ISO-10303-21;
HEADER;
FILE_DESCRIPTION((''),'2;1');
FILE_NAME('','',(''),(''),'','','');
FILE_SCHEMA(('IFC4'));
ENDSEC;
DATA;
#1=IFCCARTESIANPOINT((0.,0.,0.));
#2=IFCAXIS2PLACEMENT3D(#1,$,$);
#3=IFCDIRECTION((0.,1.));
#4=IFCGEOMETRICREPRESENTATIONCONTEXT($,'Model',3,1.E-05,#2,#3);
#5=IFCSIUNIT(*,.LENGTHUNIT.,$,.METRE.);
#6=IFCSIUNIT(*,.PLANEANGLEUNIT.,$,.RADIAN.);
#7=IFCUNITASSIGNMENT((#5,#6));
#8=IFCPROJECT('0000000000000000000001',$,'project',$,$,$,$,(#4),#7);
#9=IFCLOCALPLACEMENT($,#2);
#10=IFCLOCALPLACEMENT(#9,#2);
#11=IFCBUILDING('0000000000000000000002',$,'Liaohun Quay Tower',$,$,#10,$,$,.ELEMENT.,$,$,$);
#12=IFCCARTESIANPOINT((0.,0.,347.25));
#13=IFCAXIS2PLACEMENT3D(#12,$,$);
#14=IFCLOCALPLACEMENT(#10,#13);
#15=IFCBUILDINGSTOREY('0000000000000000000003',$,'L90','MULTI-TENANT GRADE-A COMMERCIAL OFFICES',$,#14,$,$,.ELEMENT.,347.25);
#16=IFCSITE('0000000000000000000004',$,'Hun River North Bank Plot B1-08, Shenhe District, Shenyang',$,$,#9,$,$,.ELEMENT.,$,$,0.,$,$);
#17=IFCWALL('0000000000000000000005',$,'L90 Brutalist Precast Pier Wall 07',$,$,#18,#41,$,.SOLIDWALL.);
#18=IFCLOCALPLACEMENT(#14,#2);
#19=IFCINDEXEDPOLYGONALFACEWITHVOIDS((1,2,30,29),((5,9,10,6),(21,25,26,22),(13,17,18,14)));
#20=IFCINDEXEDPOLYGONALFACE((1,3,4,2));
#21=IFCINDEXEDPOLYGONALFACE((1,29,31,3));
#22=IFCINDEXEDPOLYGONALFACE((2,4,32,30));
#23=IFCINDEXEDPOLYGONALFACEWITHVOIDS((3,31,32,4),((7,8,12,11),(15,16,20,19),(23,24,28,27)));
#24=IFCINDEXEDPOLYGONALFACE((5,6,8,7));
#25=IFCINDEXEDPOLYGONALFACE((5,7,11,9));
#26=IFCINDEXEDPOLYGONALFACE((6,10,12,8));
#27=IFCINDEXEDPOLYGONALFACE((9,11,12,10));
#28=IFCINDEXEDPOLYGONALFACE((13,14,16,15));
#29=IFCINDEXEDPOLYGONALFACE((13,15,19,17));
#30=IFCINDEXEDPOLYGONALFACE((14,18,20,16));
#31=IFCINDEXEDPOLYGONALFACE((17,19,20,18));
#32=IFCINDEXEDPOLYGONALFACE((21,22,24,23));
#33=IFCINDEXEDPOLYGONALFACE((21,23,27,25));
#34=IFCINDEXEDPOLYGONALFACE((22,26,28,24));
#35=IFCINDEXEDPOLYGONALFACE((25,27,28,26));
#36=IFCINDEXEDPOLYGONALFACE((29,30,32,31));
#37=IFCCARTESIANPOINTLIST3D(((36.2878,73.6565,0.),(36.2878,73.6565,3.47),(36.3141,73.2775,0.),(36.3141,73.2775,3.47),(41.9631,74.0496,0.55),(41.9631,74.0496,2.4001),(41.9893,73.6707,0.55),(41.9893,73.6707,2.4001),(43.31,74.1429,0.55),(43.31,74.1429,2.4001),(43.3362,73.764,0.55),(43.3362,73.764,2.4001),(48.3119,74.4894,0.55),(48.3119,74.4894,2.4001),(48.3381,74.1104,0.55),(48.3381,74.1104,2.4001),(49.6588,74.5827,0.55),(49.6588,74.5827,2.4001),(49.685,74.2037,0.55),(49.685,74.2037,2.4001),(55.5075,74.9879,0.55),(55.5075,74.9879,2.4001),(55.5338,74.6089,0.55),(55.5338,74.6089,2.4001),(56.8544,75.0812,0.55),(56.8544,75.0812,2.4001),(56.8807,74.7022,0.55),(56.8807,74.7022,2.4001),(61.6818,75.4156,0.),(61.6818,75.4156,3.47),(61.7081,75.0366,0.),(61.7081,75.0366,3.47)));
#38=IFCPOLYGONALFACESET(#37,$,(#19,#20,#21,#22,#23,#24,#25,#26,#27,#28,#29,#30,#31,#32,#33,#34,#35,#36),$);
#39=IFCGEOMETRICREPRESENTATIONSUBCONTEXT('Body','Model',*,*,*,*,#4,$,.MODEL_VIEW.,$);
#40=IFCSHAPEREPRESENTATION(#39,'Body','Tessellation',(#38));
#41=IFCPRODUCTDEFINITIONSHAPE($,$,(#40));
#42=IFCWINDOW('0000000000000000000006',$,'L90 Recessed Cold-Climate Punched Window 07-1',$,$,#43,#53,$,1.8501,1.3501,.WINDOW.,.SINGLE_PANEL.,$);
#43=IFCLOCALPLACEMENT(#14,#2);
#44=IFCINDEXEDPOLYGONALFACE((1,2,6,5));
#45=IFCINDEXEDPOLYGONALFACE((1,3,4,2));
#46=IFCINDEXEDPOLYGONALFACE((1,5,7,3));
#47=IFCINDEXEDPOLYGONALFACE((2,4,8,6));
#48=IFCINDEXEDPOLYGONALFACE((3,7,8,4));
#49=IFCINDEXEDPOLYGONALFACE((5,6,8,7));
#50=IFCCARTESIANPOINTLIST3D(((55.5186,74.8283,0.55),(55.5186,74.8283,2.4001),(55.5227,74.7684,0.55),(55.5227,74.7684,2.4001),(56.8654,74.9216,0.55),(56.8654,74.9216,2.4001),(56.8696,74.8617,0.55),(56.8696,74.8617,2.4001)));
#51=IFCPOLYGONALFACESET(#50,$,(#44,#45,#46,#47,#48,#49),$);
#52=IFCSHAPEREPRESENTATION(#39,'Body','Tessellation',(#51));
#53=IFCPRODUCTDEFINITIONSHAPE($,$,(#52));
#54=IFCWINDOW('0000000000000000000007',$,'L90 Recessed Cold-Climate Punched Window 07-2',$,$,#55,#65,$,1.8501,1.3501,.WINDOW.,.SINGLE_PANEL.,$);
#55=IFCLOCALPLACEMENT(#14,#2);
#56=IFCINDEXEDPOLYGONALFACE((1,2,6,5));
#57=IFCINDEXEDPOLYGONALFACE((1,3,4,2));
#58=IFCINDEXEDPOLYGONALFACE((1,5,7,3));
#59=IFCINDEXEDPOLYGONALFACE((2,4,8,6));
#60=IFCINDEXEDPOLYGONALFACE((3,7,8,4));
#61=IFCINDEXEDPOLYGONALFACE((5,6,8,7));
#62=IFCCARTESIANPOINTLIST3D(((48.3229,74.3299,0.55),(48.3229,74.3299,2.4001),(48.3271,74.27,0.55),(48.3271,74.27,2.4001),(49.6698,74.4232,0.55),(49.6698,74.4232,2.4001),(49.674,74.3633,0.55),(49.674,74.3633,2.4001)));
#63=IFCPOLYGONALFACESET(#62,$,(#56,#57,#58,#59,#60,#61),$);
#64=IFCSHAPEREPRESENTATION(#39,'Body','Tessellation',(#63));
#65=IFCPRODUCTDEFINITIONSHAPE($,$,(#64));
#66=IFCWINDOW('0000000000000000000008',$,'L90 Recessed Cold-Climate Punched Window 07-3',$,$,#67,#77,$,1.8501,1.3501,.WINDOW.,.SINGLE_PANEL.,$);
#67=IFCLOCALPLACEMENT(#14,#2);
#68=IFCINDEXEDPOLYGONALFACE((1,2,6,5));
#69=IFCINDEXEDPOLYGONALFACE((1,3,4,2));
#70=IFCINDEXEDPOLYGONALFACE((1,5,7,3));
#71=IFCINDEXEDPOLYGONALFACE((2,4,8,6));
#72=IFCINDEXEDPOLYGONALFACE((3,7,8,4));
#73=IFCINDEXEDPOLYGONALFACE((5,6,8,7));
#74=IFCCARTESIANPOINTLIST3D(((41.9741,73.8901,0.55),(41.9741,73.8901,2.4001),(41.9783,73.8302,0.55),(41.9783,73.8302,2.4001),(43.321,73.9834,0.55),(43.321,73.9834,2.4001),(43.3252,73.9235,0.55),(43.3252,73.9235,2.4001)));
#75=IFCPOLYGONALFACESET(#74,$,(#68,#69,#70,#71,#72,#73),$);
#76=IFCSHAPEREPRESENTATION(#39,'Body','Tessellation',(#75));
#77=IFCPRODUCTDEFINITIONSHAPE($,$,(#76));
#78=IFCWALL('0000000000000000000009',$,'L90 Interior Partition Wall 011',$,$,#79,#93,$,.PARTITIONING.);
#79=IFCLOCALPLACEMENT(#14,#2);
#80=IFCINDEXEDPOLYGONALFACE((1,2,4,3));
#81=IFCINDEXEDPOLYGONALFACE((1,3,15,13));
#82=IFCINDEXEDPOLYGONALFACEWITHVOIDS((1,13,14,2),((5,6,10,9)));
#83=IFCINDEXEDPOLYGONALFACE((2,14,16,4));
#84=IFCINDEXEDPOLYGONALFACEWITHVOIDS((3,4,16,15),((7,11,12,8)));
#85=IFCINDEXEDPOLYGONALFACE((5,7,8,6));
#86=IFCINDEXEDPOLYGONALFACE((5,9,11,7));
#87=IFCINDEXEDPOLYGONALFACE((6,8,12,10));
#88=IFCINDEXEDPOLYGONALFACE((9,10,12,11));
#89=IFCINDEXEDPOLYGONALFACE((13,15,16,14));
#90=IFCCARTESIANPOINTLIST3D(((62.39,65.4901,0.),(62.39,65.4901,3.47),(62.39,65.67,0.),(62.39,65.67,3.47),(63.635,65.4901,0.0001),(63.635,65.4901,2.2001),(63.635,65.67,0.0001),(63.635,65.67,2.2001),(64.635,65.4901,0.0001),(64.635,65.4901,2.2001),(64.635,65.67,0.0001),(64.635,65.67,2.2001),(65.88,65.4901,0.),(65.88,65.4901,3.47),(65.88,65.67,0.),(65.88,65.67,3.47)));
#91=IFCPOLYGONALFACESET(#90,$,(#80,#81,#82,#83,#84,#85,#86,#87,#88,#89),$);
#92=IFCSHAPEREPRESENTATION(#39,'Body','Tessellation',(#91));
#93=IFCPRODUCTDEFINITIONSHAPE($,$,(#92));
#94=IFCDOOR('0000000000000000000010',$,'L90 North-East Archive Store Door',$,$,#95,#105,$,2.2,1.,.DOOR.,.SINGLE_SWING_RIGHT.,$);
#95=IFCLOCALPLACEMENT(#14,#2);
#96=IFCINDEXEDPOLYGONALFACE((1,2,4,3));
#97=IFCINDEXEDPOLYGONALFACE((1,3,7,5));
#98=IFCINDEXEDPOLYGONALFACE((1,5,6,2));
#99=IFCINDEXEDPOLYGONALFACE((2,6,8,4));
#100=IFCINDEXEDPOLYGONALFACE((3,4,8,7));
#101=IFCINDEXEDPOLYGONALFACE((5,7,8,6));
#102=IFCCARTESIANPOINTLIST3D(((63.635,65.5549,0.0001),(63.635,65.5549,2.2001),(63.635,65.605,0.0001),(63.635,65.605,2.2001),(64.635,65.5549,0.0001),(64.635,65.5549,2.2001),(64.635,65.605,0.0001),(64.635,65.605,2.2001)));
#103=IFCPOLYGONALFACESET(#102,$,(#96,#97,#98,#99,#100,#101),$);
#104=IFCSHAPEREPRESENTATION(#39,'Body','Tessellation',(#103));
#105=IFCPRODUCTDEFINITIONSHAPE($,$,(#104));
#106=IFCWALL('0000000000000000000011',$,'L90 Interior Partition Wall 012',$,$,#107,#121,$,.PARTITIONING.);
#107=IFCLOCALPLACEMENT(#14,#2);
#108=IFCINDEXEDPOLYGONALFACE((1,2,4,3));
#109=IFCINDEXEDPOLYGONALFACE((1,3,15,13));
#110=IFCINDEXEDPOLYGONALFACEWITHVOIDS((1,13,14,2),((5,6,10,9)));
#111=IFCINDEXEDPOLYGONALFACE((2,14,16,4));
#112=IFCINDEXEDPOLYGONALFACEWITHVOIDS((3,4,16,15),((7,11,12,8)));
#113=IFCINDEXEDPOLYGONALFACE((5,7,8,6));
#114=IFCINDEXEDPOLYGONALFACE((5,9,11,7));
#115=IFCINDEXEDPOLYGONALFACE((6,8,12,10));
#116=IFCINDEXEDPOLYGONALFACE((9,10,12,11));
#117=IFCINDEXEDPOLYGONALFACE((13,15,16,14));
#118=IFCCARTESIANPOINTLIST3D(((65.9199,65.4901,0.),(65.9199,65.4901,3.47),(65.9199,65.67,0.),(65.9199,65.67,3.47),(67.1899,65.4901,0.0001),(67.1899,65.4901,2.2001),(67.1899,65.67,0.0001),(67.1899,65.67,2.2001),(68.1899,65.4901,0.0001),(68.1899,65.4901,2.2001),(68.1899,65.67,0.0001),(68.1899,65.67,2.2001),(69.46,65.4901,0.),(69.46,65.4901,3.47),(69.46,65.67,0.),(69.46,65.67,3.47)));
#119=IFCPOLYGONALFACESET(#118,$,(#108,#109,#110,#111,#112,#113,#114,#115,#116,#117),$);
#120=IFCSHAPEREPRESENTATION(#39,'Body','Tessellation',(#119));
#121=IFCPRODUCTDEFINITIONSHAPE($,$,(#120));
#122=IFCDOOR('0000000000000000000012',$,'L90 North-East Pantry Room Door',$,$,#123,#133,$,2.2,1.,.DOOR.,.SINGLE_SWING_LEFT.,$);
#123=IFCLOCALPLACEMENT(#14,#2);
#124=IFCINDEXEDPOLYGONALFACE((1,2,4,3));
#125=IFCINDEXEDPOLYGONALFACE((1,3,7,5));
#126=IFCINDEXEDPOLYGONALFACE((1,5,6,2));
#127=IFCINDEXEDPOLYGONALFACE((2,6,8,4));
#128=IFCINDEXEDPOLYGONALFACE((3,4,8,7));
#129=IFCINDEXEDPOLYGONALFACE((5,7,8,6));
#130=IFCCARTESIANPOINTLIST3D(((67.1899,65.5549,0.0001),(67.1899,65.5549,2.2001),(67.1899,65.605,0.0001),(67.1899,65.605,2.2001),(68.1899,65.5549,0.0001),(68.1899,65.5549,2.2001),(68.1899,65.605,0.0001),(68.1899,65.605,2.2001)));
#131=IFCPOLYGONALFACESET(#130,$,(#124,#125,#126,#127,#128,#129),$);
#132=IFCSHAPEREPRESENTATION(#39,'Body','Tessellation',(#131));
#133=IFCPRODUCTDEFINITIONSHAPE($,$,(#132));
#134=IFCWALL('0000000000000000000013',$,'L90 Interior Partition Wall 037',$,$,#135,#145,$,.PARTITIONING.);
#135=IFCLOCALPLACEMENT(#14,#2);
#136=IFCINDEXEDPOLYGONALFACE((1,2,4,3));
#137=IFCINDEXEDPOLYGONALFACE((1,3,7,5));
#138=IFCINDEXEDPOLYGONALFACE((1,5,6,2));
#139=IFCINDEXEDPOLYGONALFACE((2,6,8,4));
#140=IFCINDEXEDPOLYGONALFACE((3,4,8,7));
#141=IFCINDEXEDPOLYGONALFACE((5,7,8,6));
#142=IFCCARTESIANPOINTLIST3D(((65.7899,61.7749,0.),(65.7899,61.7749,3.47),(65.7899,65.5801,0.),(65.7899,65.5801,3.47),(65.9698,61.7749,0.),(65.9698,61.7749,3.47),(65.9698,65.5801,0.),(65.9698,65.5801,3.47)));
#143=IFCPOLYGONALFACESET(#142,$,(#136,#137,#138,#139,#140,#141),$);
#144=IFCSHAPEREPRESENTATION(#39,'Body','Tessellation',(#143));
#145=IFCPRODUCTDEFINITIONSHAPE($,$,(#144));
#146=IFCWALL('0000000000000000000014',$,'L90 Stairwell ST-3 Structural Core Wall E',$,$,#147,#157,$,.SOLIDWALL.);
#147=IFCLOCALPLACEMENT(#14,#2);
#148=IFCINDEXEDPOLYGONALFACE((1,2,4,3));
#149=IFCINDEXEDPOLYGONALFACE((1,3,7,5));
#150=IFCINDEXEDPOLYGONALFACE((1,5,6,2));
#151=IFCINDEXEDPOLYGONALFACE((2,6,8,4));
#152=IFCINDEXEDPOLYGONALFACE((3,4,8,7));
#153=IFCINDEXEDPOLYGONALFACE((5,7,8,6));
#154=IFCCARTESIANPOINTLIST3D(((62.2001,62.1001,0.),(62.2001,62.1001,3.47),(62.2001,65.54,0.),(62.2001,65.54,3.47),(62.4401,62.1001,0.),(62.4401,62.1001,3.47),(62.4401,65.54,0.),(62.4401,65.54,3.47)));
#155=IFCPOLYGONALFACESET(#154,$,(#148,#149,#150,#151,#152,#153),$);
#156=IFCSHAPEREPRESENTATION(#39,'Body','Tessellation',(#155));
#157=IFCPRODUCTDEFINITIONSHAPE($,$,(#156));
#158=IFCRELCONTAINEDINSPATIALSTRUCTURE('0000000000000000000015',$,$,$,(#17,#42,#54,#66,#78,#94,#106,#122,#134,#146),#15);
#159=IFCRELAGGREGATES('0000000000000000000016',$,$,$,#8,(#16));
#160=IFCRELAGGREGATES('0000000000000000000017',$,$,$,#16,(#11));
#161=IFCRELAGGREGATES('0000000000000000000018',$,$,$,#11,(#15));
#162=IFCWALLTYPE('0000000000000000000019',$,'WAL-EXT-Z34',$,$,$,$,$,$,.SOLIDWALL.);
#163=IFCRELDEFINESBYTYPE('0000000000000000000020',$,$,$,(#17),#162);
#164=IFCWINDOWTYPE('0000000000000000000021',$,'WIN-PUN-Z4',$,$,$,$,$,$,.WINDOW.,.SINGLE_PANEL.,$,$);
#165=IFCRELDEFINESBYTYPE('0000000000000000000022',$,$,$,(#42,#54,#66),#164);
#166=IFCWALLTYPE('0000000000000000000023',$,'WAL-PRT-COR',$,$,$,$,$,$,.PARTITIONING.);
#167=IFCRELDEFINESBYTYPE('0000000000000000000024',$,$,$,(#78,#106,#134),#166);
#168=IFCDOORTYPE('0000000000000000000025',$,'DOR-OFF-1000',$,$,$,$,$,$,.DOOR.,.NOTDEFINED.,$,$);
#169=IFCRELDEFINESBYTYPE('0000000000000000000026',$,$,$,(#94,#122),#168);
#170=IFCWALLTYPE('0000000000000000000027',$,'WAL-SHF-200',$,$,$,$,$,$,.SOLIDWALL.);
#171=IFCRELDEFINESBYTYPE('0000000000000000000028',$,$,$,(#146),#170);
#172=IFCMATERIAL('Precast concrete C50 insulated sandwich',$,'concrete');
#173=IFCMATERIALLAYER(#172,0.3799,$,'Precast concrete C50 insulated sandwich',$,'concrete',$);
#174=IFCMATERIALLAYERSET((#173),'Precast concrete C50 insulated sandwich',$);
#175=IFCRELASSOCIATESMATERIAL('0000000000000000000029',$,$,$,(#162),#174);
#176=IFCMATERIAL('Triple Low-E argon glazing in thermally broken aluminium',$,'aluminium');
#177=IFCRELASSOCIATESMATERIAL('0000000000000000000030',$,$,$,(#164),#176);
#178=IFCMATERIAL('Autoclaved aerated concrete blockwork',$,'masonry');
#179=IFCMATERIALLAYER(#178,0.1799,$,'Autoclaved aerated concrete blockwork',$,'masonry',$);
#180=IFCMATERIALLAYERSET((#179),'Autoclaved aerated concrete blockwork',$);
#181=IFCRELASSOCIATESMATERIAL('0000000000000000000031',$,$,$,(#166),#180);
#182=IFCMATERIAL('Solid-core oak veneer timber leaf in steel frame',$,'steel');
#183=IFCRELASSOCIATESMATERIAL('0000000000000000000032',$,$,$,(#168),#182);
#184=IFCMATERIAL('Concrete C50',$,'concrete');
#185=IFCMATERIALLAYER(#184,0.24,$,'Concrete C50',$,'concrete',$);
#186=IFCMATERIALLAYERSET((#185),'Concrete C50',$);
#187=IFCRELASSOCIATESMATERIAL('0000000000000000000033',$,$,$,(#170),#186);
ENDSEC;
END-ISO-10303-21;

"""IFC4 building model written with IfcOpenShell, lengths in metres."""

from ifc_helpers import new_model, si_unit, direction, frame, frame_2d, origin, place, context, subcontext, project, spatial, rectangle, extrude, source, transform, mapped, material, layer, layer_set, type_object, element, fill, save


model = new_model("IFC4")

# Units and contexts
model_context = context("Model", 3, precision=1e-05, world=origin(), true_north=direction((0.0, 1.0)))
body_context = subcontext(model_context, "Body", "Model", "MODEL_VIEW")
ifc_project = project(units=[si_unit("LENGTHUNIT", "METRE"), si_unit("PLANEANGLEUNIT", "RADIAN")], contexts=[model_context])

# Site, building, storey
site_placement = place(None, origin())
site = spatial("IfcSite", under=ifc_project, at=site_placement, Name="Hun River North Bank Plot B1-08, Shenhe District, Shenyang", CompositionType="ELEMENT", RefElevation=0.0)
building_placement = place(site_placement, origin())
building = spatial("IfcBuilding", under=site, at=building_placement, Name="Liaohun Quay Tower", CompositionType="ELEMENT")
storey_placement = place(building_placement, frame((0.0, 0.0, 347.25)))
storey = spatial("IfcBuildingStorey", under=building, at=storey_placement, Name="L90", Description="MULTI-TENANT GRADE-A COMMERCIAL OFFICES", CompositionType="ELEMENT", Elevation=347.25)

# Shared definitions
ifc_material_1 = material(Name="Concrete C50", Category="concrete")

# Wall, openings, windows
ifc_material_2 = material(Name="Precast concrete C50 insulated sandwich", Category="concrete")
ifc_layer_1 = layer(ifc_material_2, 0.3799, Name="Precast concrete C50 insulated sandwich", Category="concrete")
ifc_layer_set_1 = layer_set([ifc_layer_1], Name="Precast concrete C50 insulated sandwich")
wall_type_1 = type_object("IfcWallType", Name="WAL-EXT-Z34", PredefinedType="SOLIDWALL", material=ifc_layer_set_1)
wall_1_placement = place(storey_placement, frame((61.6951, 75.2261, 0.0), z_axis=(0.0, 0.0, 1.0), x_axis=(-0.997609, -0.069104, 0.0)))
wall_1 = element("IfcWall", 1, at=wall_1_placement, inside=storey, type_object=wall_type_1, Name="L90 Brutalist Precast Pier Wall 07", PredefinedType="SOLIDWALL", context=body_context, shape_type="SweptSolid", body=[
    extrude(rectangle(XDim=25.4548, YDim=0.3799, at=frame_2d((12.7275, 0.0))), origin(), (0.0, 0.0, 1.0), 3.47),
])
shared_shape_1 = source(origin(), body_context, "Body", "SweptSolid", [
    extrude(rectangle(XDim=1.3501, YDim=1.8501, at=frame_2d((0.675, 0.925))), frame((0.0, 0.2, 0.0), z_axis=(0.0, -1.0, 0.0), x_axis=(1.0, 0.0, 0.0)), (0.0, 0.0, 1.0), 0.3999),
])
opening_1_placement = place(wall_1_placement, frame((4.8391, 0.0, 0.55)))
opening_1 = element("IfcOpeningElement", 2, at=opening_1_placement, cuts=wall_1, PredefinedType="OPENING", context=body_context, shape_type="MappedRepresentation", body=[
    mapped(shared_shape_1, transform((0.0, 0.0, 0.0), x_axis=(1.0, 0.0, 0.0), y_axis=(0.0, 1.0, 0.0), z_axis=(0.0, 0.0, 1.0), scale=1.0)),
])
opening_2_placement = place(wall_1_placement, frame((12.052, 0.0, 0.55)))
opening_2 = element("IfcOpeningElement", 3, at=opening_2_placement, cuts=wall_1, PredefinedType="OPENING", context=body_context, shape_type="MappedRepresentation", body=[
    mapped(shared_shape_1, transform((0.0, 0.0, 0.0), x_axis=(1.0, 0.0, 0.0), y_axis=(0.0, 1.0, 0.0), z_axis=(0.0, 0.0, 1.0), scale=1.0)),
])
opening_3_placement = place(wall_1_placement, frame((18.416, 0.0, 0.55)))
opening_3 = element("IfcOpeningElement", 4, at=opening_3_placement, cuts=wall_1, PredefinedType="OPENING", context=body_context, shape_type="MappedRepresentation", body=[
    mapped(shared_shape_1, transform((0.0, 0.0, 0.0), x_axis=(1.0, 0.0, 0.0), y_axis=(0.0, 1.0, 0.0), z_axis=(0.0, 0.0, 1.0), scale=1.0)),
])
ifc_material_3 = material(Name="Triple Low-E argon glazing in thermally broken aluminium", Category="aluminium")
window_type = type_object("IfcWindowType", Name="WIN-PUN-Z4", PartitioningType="SINGLE_PANEL", PredefinedType="WINDOW", material=ifc_material_3)
shared_shape_2 = source(origin(), body_context, "Body", "SweptSolid", [
    extrude(rectangle(XDim=1.3501, YDim=1.8501, at=frame_2d((0.675, 0.925))), frame((0.0, 0.03, 0.0), z_axis=(0.0, -1.0, 0.0), x_axis=(1.0, 0.0, 0.0)), (0.0, 0.0, 1.0), 0.0601),
])
window_1_placement = place(opening_1_placement, origin())
window_1 = element("IfcWindow", 5, at=window_1_placement, inside=storey, type_object=window_type, Name="L90 Recessed Cold-Climate Punched Window 07-1", OverallHeight=1.8501, OverallWidth=1.3501, PartitioningType="SINGLE_PANEL", PredefinedType="WINDOW", context=body_context, shape_type="MappedRepresentation", body=[
    mapped(shared_shape_2, transform((0.0, 0.0, 0.0), x_axis=(1.0, 0.0, 0.0), y_axis=(0.0, 1.0, 0.0), z_axis=(0.0, 0.0, 1.0), scale=1.0)),
])
fill(opening_1, window_1)
window_2_placement = place(opening_2_placement, origin())
window_2 = element("IfcWindow", 6, at=window_2_placement, inside=storey, type_object=window_type, Name="L90 Recessed Cold-Climate Punched Window 07-2", OverallHeight=1.8501, OverallWidth=1.3501, PartitioningType="SINGLE_PANEL", PredefinedType="WINDOW", context=body_context, shape_type="MappedRepresentation", body=[
    mapped(shared_shape_2, transform((0.0, 0.0, 0.0), x_axis=(1.0, 0.0, 0.0), y_axis=(0.0, 1.0, 0.0), z_axis=(0.0, 0.0, 1.0), scale=1.0)),
])
fill(opening_2, window_2)
window_3_placement = place(opening_3_placement, origin())
window_3 = element("IfcWindow", 7, at=window_3_placement, inside=storey, type_object=window_type, Name="L90 Recessed Cold-Climate Punched Window 07-3", OverallHeight=1.8501, OverallWidth=1.3501, PartitioningType="SINGLE_PANEL", PredefinedType="WINDOW", context=body_context, shape_type="MappedRepresentation", body=[
    mapped(shared_shape_2, transform((0.0, 0.0, 0.0), x_axis=(1.0, 0.0, 0.0), y_axis=(0.0, 1.0, 0.0), z_axis=(0.0, 0.0, 1.0), scale=1.0)),
])
fill(opening_3, window_3)

# Walls, openings, doors
ifc_material_4 = material(Name="Autoclaved aerated concrete blockwork", Category="masonry")
ifc_layer_2 = layer(ifc_material_4, 0.1799, Name="Autoclaved aerated concrete blockwork", Category="masonry")
ifc_layer_set_2 = layer_set([ifc_layer_2], Name="Autoclaved aerated concrete blockwork")
wall_type_2 = type_object("IfcWallType", Name="WAL-PRT-COR", PredefinedType="PARTITIONING", material=ifc_layer_set_2)
wall_2_placement = place(storey_placement, frame((62.3899, 65.5801, 0.0), z_axis=(0.0, 0.0, 1.0), x_axis=(1.0, 0.0, 0.0)))
wall_2 = element("IfcWall", 8, at=wall_2_placement, inside=storey, type_object=wall_type_2, Name="L90 Interior Partition Wall 011", PredefinedType="PARTITIONING", context=body_context, shape_type="SweptSolid", body=[
    extrude(rectangle(XDim=3.49, YDim=0.1799, at=frame_2d((1.7451, 0.0))), origin(), (0.0, 0.0, 1.0), 3.47),
])
shared_shape_3 = source(origin(), body_context, "Body", "SweptSolid", [
    extrude(rectangle(XDim=1.0, YDim=2.2, at=frame_2d((0.5, 1.1001))), frame((0.0, 0.0999, 0.0), z_axis=(0.0, -1.0, 0.0), x_axis=(1.0, 0.0, 0.0)), (0.0, 0.0, 1.0), 0.2),
])
opening_4_placement = place(wall_2_placement, frame((1.2451, 0.0, 0.0)))
opening_4 = element("IfcOpeningElement", 9, at=opening_4_placement, cuts=wall_2, PredefinedType="OPENING", context=body_context, shape_type="MappedRepresentation", body=[
    mapped(shared_shape_3, transform((0.0, 0.0, 0.0), x_axis=(1.0, 0.0, 0.0), y_axis=(0.0, 1.0, 0.0), z_axis=(0.0, 0.0, 1.0), scale=1.0)),
])
ifc_material_5 = material(Name="Solid-core oak veneer timber leaf in steel frame", Category="steel")
door_type_1 = type_object("IfcDoorType", Name="DOR-OFF-1000", OperationType="NOTDEFINED", PredefinedType="DOOR", material=ifc_material_5)
shared_shape_4 = source(origin(), body_context, "Body", "SweptSolid", [
    extrude(rectangle(XDim=1.0, YDim=2.2, at=frame_2d((0.5, 1.1001))), frame((0.0, 0.0249, 0.0), z_axis=(0.0, -1.0, 0.0), x_axis=(1.0, 0.0, 0.0)), (0.0, 0.0, 1.0), 0.05),
])
door_1_placement = place(opening_4_placement, origin())
door_1 = element("IfcDoor", 10, at=door_1_placement, inside=storey, type_object=door_type_1, Name="L90 North-East Archive Store Door", OperationType="SINGLE_SWING_RIGHT", OverallHeight=2.2, OverallWidth=1.0, PredefinedType="DOOR", context=body_context, shape_type="MappedRepresentation", body=[
    mapped(shared_shape_4, transform((0.0, 0.0, 0.0), x_axis=(1.0, 0.0, 0.0), y_axis=(0.0, 1.0, 0.0), z_axis=(0.0, 0.0, 1.0), scale=1.0)),
])
fill(opening_4, door_1)
wall_3_placement = place(storey_placement, frame((65.9199, 65.5801, 0.0), z_axis=(0.0, 0.0, 1.0), x_axis=(1.0, 0.0, 0.0)))
wall_3 = element("IfcWall", 11, at=wall_3_placement, inside=storey, type_object=wall_type_2, Name="L90 Interior Partition Wall 012", PredefinedType="PARTITIONING", context=body_context, shape_type="SweptSolid", body=[
    extrude(rectangle(XDim=3.54, YDim=0.1799, at=frame_2d((1.77, 0.0))), origin(), (0.0, 0.0, 1.0), 3.47),
])
opening_5_placement = place(wall_3_placement, frame((1.27, 0.0, 0.0)))
opening_5 = element("IfcOpeningElement", 12, at=opening_5_placement, cuts=wall_3, PredefinedType="OPENING", context=body_context, shape_type="MappedRepresentation", body=[
    mapped(shared_shape_3, transform((0.0, 0.0, 0.0), x_axis=(1.0, 0.0, 0.0), y_axis=(0.0, 1.0, 0.0), z_axis=(0.0, 0.0, 1.0), scale=1.0)),
])
door_2_placement = place(opening_5_placement, origin())
door_2 = element("IfcDoor", 13, at=door_2_placement, inside=storey, type_object=door_type_1, Name="L90 North-East Pantry Room Door", OperationType="SINGLE_SWING_LEFT", OverallHeight=2.2, OverallWidth=1.0, PredefinedType="DOOR", context=body_context, shape_type="MappedRepresentation", body=[
    mapped(shared_shape_4, transform((0.0, 0.0, 0.0), x_axis=(1.0, 0.0, 0.0), y_axis=(0.0, 1.0, 0.0), z_axis=(0.0, 0.0, 1.0), scale=1.0)),
])
fill(opening_5, door_2)

# Walls
wall_4_placement = place(storey_placement, frame((65.8799, 61.7749, 0.0), z_axis=(0.0, 0.0, 1.0), x_axis=(0.0, 1.0, 0.0)))
element("IfcWall", 14, at=wall_4_placement, inside=storey, type_object=wall_type_2, Name="L90 Interior Partition Wall 037", PredefinedType="PARTITIONING", context=body_context, shape_type="SweptSolid", body=[
    extrude(rectangle(XDim=3.8052, YDim=0.1799, at=frame_2d((1.9026, 0.0))), origin(), (0.0, 0.0, 1.0), 3.47),
])
ifc_layer_3 = layer(ifc_material_1, 0.24, Name="Concrete C50", Category="concrete")
ifc_layer_set_3 = layer_set([ifc_layer_3], Name="Concrete C50")
wall_type_3 = type_object("IfcWallType", Name="WAL-SHF-200", PredefinedType="SOLIDWALL", material=ifc_layer_set_3)
wall_5_placement = place(storey_placement, frame((62.3201, 62.1001, 0.0), z_axis=(0.0, 0.0, 1.0), x_axis=(0.0, 1.0, 0.0)))
element("IfcWall", 15, at=wall_5_placement, inside=storey, type_object=wall_type_3, Name="L90 Stairwell ST-3 Structural Core Wall E", PredefinedType="SOLIDWALL", context=body_context, shape_type="SweptSolid", body=[
    extrude(rectangle(XDim=3.4399, YDim=0.24, at=frame_2d((1.72, 0.0))), origin(), (0.0, 0.0, 1.0), 3.47),
])

save(model, "model.ifc")
